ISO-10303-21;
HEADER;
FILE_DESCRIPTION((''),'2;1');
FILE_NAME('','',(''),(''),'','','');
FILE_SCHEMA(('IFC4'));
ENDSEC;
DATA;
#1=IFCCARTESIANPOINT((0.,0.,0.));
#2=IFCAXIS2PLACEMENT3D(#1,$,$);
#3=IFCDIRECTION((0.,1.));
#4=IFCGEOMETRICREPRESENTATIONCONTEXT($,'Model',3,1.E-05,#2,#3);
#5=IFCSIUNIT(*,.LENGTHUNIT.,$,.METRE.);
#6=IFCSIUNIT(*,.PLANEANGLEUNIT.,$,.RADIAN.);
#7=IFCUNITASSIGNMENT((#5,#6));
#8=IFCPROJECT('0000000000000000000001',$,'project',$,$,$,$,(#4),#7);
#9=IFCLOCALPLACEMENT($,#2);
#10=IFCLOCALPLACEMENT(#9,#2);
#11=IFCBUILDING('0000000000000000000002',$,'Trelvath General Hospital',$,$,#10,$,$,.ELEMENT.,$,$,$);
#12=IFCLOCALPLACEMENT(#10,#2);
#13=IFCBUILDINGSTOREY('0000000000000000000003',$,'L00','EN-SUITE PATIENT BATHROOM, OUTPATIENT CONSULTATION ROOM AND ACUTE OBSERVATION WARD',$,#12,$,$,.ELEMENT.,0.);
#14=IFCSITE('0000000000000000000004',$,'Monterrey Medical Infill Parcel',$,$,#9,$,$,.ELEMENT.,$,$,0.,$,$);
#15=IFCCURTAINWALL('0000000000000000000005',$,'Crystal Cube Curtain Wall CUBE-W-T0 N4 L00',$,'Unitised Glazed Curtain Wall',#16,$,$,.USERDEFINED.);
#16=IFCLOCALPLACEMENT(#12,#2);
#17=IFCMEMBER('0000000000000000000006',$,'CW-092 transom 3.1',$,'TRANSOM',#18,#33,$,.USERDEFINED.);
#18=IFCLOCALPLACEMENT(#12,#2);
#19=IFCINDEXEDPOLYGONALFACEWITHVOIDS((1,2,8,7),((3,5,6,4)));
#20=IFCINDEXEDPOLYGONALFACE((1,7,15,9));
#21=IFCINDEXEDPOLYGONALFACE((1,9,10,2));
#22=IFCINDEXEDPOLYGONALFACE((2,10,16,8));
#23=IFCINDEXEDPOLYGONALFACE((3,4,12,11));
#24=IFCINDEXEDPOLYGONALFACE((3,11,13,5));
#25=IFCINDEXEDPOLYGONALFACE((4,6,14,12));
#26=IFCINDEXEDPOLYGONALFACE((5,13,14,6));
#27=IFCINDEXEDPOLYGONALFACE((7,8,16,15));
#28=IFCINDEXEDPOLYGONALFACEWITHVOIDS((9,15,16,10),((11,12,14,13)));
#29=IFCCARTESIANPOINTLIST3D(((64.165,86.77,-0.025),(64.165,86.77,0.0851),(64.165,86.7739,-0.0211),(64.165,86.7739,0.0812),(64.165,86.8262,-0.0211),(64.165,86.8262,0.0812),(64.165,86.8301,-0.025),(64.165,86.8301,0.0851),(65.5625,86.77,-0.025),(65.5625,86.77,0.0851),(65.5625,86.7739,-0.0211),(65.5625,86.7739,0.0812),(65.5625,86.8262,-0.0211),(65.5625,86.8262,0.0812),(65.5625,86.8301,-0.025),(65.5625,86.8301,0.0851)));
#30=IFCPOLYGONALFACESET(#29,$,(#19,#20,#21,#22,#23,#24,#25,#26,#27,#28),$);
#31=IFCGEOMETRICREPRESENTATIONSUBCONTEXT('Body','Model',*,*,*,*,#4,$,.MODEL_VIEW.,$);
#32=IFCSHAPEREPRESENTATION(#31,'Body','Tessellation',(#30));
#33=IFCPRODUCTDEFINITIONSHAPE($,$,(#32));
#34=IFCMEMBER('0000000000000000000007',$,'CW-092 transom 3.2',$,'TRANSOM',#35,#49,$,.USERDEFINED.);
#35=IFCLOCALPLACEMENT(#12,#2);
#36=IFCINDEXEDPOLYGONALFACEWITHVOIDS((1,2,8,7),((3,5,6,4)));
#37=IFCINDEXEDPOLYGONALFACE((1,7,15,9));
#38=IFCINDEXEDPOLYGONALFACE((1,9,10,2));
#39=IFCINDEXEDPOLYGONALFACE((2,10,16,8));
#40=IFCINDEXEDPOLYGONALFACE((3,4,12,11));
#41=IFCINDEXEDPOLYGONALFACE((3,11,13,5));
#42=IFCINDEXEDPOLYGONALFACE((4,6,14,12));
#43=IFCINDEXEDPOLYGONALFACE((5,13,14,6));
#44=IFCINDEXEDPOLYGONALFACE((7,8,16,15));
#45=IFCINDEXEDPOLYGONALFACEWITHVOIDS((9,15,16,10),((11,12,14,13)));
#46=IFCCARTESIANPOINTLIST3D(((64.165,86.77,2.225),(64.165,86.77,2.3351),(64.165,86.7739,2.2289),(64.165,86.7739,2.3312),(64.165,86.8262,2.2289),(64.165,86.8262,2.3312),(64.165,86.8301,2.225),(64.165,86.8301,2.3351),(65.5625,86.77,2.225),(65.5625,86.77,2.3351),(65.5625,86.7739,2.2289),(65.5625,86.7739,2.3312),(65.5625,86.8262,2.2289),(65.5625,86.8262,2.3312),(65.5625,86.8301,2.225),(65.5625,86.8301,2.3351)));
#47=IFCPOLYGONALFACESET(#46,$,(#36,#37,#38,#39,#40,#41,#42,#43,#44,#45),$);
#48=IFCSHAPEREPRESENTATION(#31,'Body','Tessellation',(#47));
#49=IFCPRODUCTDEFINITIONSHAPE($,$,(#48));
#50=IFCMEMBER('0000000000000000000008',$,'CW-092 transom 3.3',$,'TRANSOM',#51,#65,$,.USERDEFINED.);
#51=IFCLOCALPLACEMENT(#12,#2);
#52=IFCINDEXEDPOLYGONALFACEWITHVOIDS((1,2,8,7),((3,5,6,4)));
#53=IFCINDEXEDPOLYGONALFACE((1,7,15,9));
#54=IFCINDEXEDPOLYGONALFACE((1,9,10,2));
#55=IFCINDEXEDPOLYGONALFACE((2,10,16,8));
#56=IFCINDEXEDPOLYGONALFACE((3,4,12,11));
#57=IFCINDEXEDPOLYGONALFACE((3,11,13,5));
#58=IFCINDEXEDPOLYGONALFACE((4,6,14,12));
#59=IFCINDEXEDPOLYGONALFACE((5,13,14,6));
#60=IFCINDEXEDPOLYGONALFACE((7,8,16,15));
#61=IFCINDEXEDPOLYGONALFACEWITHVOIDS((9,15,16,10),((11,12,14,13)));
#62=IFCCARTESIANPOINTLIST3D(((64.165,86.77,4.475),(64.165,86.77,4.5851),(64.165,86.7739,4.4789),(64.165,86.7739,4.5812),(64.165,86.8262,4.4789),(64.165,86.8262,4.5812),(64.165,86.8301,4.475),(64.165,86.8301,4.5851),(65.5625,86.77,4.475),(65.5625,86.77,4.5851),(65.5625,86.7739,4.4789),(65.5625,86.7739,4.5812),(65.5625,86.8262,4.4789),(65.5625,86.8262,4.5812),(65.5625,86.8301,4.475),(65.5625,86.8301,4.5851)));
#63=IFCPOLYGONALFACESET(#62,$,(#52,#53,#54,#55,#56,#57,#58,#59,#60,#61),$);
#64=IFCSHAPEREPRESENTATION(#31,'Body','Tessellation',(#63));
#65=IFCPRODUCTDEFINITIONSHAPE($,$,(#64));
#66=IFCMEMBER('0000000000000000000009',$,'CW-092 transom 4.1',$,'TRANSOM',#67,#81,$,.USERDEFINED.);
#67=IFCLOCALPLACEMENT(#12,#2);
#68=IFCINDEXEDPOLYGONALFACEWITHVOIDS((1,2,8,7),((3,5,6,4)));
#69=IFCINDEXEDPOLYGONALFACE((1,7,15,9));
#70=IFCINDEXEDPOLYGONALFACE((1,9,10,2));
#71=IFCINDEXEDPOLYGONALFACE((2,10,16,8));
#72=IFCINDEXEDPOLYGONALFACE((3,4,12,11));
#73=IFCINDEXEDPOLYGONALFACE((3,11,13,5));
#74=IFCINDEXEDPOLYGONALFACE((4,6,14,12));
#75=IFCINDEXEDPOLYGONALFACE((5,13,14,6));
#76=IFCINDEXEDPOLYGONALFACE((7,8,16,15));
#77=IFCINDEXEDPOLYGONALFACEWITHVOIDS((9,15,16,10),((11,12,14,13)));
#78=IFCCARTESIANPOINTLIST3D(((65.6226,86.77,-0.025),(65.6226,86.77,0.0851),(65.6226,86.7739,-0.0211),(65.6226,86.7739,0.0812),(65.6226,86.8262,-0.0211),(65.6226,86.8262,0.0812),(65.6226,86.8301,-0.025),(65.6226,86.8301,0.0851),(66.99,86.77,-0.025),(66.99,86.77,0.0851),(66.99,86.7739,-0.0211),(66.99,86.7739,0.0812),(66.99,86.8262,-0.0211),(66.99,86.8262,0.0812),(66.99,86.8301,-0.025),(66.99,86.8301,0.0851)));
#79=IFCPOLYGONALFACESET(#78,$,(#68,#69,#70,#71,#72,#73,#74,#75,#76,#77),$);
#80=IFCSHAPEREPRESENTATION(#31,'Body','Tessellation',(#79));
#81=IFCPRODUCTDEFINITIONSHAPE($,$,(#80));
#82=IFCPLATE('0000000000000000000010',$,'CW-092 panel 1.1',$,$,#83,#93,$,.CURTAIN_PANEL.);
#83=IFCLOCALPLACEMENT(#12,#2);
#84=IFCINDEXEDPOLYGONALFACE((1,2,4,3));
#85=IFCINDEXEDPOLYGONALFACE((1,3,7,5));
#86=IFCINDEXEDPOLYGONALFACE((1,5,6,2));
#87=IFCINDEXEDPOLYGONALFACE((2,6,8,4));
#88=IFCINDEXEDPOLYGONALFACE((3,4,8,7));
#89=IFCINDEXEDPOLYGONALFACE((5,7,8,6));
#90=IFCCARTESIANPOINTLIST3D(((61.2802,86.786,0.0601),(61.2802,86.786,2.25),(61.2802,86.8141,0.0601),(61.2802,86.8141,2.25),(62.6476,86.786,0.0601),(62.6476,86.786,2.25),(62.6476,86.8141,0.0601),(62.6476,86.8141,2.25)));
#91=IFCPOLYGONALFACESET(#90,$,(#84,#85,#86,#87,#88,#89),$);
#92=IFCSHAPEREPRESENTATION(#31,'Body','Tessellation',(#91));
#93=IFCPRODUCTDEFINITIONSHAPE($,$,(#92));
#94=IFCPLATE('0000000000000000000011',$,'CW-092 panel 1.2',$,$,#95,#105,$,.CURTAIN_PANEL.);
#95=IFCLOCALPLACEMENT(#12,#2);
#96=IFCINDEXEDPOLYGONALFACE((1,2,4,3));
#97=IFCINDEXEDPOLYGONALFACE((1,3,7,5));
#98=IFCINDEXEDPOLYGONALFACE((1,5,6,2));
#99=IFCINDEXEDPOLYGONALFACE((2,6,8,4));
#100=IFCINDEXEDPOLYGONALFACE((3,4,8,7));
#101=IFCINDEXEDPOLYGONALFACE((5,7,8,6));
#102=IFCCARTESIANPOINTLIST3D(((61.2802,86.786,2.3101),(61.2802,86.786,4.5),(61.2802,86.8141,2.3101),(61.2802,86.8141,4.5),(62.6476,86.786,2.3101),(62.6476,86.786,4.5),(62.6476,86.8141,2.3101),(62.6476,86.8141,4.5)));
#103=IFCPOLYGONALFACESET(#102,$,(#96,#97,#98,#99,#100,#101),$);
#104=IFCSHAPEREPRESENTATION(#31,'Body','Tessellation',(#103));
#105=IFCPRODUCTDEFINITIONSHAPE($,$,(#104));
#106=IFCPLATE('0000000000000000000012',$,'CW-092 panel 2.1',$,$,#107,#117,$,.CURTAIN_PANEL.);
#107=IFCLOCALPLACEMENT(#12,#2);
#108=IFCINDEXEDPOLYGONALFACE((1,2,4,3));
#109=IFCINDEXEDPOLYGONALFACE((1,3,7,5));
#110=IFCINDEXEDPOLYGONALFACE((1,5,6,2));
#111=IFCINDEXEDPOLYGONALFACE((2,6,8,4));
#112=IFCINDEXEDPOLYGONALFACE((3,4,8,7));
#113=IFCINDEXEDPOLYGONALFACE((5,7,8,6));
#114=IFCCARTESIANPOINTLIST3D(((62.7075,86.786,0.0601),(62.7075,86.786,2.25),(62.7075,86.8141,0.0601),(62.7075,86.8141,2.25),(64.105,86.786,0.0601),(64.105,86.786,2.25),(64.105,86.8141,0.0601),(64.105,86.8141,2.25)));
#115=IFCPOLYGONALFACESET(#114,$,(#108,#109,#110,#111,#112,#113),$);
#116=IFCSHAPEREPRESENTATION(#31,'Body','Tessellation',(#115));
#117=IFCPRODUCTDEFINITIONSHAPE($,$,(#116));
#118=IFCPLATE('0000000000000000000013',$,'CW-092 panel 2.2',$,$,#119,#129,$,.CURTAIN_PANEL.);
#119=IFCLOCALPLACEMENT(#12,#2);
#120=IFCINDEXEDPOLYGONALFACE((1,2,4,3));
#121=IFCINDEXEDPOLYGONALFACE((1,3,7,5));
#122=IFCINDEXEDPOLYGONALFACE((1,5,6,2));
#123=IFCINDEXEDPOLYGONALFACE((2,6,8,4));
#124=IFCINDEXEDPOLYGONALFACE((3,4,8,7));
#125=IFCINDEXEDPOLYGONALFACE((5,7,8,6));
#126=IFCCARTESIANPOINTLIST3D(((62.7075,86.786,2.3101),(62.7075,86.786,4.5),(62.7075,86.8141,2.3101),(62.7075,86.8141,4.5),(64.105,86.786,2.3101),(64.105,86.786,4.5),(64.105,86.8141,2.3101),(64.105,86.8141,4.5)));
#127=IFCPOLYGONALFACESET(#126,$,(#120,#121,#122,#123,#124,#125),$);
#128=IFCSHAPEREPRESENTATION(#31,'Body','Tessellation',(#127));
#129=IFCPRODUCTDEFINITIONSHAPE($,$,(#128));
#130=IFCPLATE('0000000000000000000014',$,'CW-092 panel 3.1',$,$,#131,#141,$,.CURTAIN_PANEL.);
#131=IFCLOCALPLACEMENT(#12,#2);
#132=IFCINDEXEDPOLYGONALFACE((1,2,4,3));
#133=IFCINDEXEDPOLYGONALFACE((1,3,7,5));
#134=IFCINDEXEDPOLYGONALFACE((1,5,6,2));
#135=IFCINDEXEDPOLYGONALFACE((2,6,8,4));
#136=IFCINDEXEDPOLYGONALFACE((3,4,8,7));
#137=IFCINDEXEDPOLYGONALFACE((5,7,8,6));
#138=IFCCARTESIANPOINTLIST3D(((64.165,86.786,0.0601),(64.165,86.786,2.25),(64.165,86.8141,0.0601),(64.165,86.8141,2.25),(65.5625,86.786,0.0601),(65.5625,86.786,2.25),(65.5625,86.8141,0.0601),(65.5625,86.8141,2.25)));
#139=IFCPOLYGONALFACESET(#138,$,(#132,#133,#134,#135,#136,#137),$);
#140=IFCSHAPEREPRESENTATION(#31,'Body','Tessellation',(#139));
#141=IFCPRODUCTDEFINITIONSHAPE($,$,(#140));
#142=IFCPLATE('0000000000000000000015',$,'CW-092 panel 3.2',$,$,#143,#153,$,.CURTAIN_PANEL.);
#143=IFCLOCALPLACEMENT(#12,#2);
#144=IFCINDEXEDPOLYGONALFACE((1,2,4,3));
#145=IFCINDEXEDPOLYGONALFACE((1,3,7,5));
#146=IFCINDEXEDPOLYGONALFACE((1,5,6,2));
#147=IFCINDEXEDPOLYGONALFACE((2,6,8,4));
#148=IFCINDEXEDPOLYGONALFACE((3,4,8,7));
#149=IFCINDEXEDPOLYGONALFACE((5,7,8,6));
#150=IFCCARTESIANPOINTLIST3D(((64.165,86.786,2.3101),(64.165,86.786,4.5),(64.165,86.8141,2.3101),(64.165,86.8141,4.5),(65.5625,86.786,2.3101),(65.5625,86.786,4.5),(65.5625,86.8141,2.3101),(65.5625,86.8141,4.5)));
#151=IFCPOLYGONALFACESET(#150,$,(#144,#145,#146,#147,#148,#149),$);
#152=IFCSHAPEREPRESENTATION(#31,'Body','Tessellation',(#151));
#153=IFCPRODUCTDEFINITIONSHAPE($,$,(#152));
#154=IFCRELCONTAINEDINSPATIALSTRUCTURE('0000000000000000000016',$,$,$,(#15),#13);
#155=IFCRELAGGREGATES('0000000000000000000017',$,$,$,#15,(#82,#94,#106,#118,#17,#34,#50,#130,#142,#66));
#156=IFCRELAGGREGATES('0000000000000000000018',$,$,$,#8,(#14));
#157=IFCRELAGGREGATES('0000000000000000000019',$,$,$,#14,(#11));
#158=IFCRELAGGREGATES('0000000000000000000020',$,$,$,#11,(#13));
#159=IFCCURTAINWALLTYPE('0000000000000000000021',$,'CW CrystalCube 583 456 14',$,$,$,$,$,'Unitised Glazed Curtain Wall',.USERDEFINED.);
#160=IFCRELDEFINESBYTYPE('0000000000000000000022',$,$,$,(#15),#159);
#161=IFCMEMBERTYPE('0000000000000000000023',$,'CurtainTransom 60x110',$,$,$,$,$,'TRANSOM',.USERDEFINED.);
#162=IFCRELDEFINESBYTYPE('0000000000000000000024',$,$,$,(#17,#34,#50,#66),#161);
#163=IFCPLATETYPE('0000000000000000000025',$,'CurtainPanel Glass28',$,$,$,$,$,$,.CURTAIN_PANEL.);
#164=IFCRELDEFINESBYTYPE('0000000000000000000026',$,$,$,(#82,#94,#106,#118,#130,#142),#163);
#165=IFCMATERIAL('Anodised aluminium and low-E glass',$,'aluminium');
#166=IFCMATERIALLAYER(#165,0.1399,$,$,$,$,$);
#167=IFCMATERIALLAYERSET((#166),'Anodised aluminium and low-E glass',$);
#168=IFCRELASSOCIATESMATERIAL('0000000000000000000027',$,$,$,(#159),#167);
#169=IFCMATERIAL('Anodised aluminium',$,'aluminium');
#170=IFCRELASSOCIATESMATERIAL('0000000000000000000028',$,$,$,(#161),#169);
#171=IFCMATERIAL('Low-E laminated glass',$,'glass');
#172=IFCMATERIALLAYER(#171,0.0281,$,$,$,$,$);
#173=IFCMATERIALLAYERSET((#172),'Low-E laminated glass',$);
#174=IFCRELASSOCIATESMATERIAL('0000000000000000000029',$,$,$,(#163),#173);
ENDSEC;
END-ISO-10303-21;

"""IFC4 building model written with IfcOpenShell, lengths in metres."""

from ifc_helpers import new_model, si_unit, direction, frame, origin, origin_2d, place, context, subcontext, project, spatial, rectangle, hollow_rectangle, extrude, material, layer, layer_set, material_profile, profile_set, type_object, element, aggregate, save


model = new_model("IFC4")

# Units and contexts
model_context = context("Model", 3, precision=1e-05, world=origin(), true_north=direction((0.0, 1.0)))
body_context = subcontext(model_context, "Body", "Model", "MODEL_VIEW")
ifc_project = project(units=[si_unit("LENGTHUNIT", "METRE"), si_unit("PLANEANGLEUNIT", "RADIAN")], contexts=[model_context])

# Site, building, storey
site_placement = place(None, origin())
site = spatial("IfcSite", under=ifc_project, at=site_placement, Name="Monterrey Medical Infill Parcel", CompositionType="ELEMENT", RefElevation=0.0)
building_placement = place(site_placement, origin())
building = spatial("IfcBuilding", under=site, at=building_placement, Name="Trelvath General Hospital", CompositionType="ELEMENT")
storey_placement = place(building_placement, origin())
storey = spatial("IfcBuildingStorey", under=building, at=storey_placement, Name="L00", Description="EN-SUITE PATIENT BATHROOM, OUTPATIENT CONSULTATION ROOM AND ACUTE OBSERVATION WARD", CompositionType="ELEMENT", Elevation=0.0)

# Curtain wall, members, plates
ifc_material_1 = material(Name="Anodised aluminium and low-E glass", Category="aluminium")
ifc_layer_1 = layer(ifc_material_1, 0.1399)
ifc_layer_set_1 = layer_set([ifc_layer_1], Name="Anodised aluminium and low-E glass")
curtain_wall_type_1 = type_object("IfcCurtainWallType", Name="CW CrystalCube 583 456 14", ElementType="Unitised Glazed Curtain Wall", PredefinedType="USERDEFINED", material=ifc_layer_set_1)
curtain_wall_1_placement = place(storey_placement, origin())
curtain_wall_1 = element("IfcCurtainWall", 1, at=curtain_wall_1_placement, inside=storey, type_object=curtain_wall_type_1, Name="Crystal Cube Curtain Wall CUBE-W-T0 N4 L00", ObjectType="Unitised Glazed Curtain Wall", PredefinedType="USERDEFINED")
ifc_material_2 = material(Name="Anodised aluminium", Category="aluminium")
ifc_material_profile_1 = material_profile(ifc_material_2, hollow_rectangle(XDim=0.0601, YDim=0.1101, WallThickness=0.0039, at=origin_2d()), Name="RHS60x110x4")
ifc_profile_set_1 = profile_set([ifc_material_profile_1], Name="Anodised aluminium")
member_type_1 = type_object("IfcMemberType", Name="CurtainTransom 60x110", ElementType="TRANSOM", PredefinedType="USERDEFINED", material=ifc_profile_set_1)
member_1_placement = place(storey_placement, frame((64.165, 86.8, 0.03), z_axis=(1.0, 0.0, 0.0), x_axis=(0.0, 1.0, 0.0)))
member_1 = element("IfcMember", 2, at=member_1_placement, type_object=member_type_1, Name="CW-092 transom 3.1", ObjectType="TRANSOM", PredefinedType="USERDEFINED", context=body_context, shape_type="SweptSolid", body=[
    extrude(hollow_rectangle(XDim=0.0601, YDim=0.1101, WallThickness=0.0039, at=origin_2d()), origin(), (0.0, 0.0, 1.0), 1.3975),
])
member_2_placement = place(storey_placement, frame((64.165, 86.8, 2.28), z_axis=(1.0, 0.0, 0.0), x_axis=(0.0, 1.0, 0.0)))
member_2 = element("IfcMember", 3, at=member_2_placement, type_object=member_type_1, Name="CW-092 transom 3.2", ObjectType="TRANSOM", PredefinedType="USERDEFINED", context=body_context, shape_type="SweptSolid", body=[
    extrude(hollow_rectangle(XDim=0.0601, YDim=0.1101, WallThickness=0.0039, at=origin_2d()), origin(), (0.0, 0.0, 1.0), 1.3975),
])
member_3_placement = place(storey_placement, frame((64.165, 86.8, 4.53), z_axis=(1.0, 0.0, 0.0), x_axis=(0.0, 1.0, 0.0)))
member_3 = element("IfcMember", 4, at=member_3_placement, type_object=member_type_1, Name="CW-092 transom 3.3", ObjectType="TRANSOM", PredefinedType="USERDEFINED", context=body_context, shape_type="SweptSolid", body=[
    extrude(hollow_rectangle(XDim=0.0601, YDim=0.1101, WallThickness=0.0039, at=origin_2d()), origin(), (0.0, 0.0, 1.0), 1.3975),
])
member_4_placement = place(storey_placement, frame((65.6226, 86.8, 0.03), z_axis=(1.0, 0.0, 0.0), x_axis=(0.0, 1.0, 0.0)))
member_4 = element("IfcMember", 5, at=member_4_placement, type_object=member_type_1, Name="CW-092 transom 4.1", ObjectType="TRANSOM", PredefinedType="USERDEFINED", context=body_context, shape_type="SweptSolid", body=[
    extrude(hollow_rectangle(XDim=0.0601, YDim=0.1101, WallThickness=0.0039, at=origin_2d()), origin(), (0.0, 0.0, 1.0), 1.3674),
])
ifc_material_3 = material(Name="Low-E laminated glass", Category="glass")
ifc_layer_2 = layer(ifc_material_3, 0.0281)
ifc_layer_set_2 = layer_set([ifc_layer_2], Name="Low-E laminated glass")
plate_type = type_object("IfcPlateType", Name="CurtainPanel Glass28", PredefinedType="CURTAIN_PANEL", material=ifc_layer_set_2)
plate_1_placement = place(storey_placement, frame((61.9639, 86.8, 0.0601), z_axis=(0.0, 0.0, 1.0), x_axis=(1.0, 0.0, 0.0)))
plate_1 = element("IfcPlate", 6, at=plate_1_placement, type_object=plate_type, Name="CW-092 panel 1.1", PredefinedType="CURTAIN_PANEL", context=body_context, shape_type="SweptSolid", body=[
    extrude(rectangle(XDim=1.3674, YDim=0.0281, at=origin_2d()), origin(), (0.0, 0.0, 1.0), 2.1899),
])
plate_2_placement = place(storey_placement, frame((61.9639, 86.8, 2.3101), z_axis=(0.0, 0.0, 1.0), x_axis=(1.0, 0.0, 0.0)))
plate_2 = element("IfcPlate", 7, at=plate_2_placement, type_object=plate_type, Name="CW-092 panel 1.2", PredefinedType="CURTAIN_PANEL", context=body_context, shape_type="SweptSolid", body=[
    extrude(rectangle(XDim=1.3674, YDim=0.0281, at=origin_2d()), origin(), (0.0, 0.0, 1.0), 2.1899),
])
plate_3_placement = place(storey_placement, frame((63.4062, 86.8, 0.0601), z_axis=(0.0, 0.0, 1.0), x_axis=(1.0, 0.0, 0.0)))
plate_3 = element("IfcPlate", 8, at=plate_3_placement, type_object=plate_type, Name="CW-092 panel 2.1", PredefinedType="CURTAIN_PANEL", context=body_context, shape_type="SweptSolid", body=[
    extrude(rectangle(XDim=1.3975, YDim=0.0281, at=origin_2d()), origin(), (0.0, 0.0, 1.0), 2.1899),
])
plate_4_placement = place(storey_placement, frame((63.4062, 86.8, 2.3101), z_axis=(0.0, 0.0, 1.0), x_axis=(1.0, 0.0, 0.0)))
plate_4 = element("IfcPlate", 9, at=plate_4_placement, type_object=plate_type, Name="CW-092 panel 2.2", PredefinedType="CURTAIN_PANEL", context=body_context, shape_type="SweptSolid", body=[
    extrude(rectangle(XDim=1.3975, YDim=0.0281, at=origin_2d()), origin(), (0.0, 0.0, 1.0), 2.1899),
])
plate_5_placement = place(storey_placement, frame((64.8638, 86.8, 0.0601), z_axis=(0.0, 0.0, 1.0), x_axis=(1.0, 0.0, 0.0)))
plate_5 = element("IfcPlate", 10, at=plate_5_placement, type_object=plate_type, Name="CW-092 panel 3.1", PredefinedType="CURTAIN_PANEL", context=body_context, shape_type="SweptSolid", body=[
    extrude(rectangle(XDim=1.3975, YDim=0.0281, at=origin_2d()), origin(), (0.0, 0.0, 1.0), 2.1899),
])
plate_6_placement = place(storey_placement, frame((64.8638, 86.8, 2.3101), z_axis=(0.0, 0.0, 1.0), x_axis=(1.0, 0.0, 0.0)))
plate_6 = element("IfcPlate", 11, at=plate_6_placement, type_object=plate_type, Name="CW-092 panel 3.2", PredefinedType="CURTAIN_PANEL", context=body_context, shape_type="SweptSolid", body=[
    extrude(rectangle(XDim=1.3975, YDim=0.0281, at=origin_2d()), origin(), (0.0, 0.0, 1.0), 2.1899),
])
aggregate(curtain_wall_1, [plate_1, plate_2, plate_3, plate_4, member_1, member_2, member_3, plate_5, plate_6, member_4])

save(model, "model.ifc")
